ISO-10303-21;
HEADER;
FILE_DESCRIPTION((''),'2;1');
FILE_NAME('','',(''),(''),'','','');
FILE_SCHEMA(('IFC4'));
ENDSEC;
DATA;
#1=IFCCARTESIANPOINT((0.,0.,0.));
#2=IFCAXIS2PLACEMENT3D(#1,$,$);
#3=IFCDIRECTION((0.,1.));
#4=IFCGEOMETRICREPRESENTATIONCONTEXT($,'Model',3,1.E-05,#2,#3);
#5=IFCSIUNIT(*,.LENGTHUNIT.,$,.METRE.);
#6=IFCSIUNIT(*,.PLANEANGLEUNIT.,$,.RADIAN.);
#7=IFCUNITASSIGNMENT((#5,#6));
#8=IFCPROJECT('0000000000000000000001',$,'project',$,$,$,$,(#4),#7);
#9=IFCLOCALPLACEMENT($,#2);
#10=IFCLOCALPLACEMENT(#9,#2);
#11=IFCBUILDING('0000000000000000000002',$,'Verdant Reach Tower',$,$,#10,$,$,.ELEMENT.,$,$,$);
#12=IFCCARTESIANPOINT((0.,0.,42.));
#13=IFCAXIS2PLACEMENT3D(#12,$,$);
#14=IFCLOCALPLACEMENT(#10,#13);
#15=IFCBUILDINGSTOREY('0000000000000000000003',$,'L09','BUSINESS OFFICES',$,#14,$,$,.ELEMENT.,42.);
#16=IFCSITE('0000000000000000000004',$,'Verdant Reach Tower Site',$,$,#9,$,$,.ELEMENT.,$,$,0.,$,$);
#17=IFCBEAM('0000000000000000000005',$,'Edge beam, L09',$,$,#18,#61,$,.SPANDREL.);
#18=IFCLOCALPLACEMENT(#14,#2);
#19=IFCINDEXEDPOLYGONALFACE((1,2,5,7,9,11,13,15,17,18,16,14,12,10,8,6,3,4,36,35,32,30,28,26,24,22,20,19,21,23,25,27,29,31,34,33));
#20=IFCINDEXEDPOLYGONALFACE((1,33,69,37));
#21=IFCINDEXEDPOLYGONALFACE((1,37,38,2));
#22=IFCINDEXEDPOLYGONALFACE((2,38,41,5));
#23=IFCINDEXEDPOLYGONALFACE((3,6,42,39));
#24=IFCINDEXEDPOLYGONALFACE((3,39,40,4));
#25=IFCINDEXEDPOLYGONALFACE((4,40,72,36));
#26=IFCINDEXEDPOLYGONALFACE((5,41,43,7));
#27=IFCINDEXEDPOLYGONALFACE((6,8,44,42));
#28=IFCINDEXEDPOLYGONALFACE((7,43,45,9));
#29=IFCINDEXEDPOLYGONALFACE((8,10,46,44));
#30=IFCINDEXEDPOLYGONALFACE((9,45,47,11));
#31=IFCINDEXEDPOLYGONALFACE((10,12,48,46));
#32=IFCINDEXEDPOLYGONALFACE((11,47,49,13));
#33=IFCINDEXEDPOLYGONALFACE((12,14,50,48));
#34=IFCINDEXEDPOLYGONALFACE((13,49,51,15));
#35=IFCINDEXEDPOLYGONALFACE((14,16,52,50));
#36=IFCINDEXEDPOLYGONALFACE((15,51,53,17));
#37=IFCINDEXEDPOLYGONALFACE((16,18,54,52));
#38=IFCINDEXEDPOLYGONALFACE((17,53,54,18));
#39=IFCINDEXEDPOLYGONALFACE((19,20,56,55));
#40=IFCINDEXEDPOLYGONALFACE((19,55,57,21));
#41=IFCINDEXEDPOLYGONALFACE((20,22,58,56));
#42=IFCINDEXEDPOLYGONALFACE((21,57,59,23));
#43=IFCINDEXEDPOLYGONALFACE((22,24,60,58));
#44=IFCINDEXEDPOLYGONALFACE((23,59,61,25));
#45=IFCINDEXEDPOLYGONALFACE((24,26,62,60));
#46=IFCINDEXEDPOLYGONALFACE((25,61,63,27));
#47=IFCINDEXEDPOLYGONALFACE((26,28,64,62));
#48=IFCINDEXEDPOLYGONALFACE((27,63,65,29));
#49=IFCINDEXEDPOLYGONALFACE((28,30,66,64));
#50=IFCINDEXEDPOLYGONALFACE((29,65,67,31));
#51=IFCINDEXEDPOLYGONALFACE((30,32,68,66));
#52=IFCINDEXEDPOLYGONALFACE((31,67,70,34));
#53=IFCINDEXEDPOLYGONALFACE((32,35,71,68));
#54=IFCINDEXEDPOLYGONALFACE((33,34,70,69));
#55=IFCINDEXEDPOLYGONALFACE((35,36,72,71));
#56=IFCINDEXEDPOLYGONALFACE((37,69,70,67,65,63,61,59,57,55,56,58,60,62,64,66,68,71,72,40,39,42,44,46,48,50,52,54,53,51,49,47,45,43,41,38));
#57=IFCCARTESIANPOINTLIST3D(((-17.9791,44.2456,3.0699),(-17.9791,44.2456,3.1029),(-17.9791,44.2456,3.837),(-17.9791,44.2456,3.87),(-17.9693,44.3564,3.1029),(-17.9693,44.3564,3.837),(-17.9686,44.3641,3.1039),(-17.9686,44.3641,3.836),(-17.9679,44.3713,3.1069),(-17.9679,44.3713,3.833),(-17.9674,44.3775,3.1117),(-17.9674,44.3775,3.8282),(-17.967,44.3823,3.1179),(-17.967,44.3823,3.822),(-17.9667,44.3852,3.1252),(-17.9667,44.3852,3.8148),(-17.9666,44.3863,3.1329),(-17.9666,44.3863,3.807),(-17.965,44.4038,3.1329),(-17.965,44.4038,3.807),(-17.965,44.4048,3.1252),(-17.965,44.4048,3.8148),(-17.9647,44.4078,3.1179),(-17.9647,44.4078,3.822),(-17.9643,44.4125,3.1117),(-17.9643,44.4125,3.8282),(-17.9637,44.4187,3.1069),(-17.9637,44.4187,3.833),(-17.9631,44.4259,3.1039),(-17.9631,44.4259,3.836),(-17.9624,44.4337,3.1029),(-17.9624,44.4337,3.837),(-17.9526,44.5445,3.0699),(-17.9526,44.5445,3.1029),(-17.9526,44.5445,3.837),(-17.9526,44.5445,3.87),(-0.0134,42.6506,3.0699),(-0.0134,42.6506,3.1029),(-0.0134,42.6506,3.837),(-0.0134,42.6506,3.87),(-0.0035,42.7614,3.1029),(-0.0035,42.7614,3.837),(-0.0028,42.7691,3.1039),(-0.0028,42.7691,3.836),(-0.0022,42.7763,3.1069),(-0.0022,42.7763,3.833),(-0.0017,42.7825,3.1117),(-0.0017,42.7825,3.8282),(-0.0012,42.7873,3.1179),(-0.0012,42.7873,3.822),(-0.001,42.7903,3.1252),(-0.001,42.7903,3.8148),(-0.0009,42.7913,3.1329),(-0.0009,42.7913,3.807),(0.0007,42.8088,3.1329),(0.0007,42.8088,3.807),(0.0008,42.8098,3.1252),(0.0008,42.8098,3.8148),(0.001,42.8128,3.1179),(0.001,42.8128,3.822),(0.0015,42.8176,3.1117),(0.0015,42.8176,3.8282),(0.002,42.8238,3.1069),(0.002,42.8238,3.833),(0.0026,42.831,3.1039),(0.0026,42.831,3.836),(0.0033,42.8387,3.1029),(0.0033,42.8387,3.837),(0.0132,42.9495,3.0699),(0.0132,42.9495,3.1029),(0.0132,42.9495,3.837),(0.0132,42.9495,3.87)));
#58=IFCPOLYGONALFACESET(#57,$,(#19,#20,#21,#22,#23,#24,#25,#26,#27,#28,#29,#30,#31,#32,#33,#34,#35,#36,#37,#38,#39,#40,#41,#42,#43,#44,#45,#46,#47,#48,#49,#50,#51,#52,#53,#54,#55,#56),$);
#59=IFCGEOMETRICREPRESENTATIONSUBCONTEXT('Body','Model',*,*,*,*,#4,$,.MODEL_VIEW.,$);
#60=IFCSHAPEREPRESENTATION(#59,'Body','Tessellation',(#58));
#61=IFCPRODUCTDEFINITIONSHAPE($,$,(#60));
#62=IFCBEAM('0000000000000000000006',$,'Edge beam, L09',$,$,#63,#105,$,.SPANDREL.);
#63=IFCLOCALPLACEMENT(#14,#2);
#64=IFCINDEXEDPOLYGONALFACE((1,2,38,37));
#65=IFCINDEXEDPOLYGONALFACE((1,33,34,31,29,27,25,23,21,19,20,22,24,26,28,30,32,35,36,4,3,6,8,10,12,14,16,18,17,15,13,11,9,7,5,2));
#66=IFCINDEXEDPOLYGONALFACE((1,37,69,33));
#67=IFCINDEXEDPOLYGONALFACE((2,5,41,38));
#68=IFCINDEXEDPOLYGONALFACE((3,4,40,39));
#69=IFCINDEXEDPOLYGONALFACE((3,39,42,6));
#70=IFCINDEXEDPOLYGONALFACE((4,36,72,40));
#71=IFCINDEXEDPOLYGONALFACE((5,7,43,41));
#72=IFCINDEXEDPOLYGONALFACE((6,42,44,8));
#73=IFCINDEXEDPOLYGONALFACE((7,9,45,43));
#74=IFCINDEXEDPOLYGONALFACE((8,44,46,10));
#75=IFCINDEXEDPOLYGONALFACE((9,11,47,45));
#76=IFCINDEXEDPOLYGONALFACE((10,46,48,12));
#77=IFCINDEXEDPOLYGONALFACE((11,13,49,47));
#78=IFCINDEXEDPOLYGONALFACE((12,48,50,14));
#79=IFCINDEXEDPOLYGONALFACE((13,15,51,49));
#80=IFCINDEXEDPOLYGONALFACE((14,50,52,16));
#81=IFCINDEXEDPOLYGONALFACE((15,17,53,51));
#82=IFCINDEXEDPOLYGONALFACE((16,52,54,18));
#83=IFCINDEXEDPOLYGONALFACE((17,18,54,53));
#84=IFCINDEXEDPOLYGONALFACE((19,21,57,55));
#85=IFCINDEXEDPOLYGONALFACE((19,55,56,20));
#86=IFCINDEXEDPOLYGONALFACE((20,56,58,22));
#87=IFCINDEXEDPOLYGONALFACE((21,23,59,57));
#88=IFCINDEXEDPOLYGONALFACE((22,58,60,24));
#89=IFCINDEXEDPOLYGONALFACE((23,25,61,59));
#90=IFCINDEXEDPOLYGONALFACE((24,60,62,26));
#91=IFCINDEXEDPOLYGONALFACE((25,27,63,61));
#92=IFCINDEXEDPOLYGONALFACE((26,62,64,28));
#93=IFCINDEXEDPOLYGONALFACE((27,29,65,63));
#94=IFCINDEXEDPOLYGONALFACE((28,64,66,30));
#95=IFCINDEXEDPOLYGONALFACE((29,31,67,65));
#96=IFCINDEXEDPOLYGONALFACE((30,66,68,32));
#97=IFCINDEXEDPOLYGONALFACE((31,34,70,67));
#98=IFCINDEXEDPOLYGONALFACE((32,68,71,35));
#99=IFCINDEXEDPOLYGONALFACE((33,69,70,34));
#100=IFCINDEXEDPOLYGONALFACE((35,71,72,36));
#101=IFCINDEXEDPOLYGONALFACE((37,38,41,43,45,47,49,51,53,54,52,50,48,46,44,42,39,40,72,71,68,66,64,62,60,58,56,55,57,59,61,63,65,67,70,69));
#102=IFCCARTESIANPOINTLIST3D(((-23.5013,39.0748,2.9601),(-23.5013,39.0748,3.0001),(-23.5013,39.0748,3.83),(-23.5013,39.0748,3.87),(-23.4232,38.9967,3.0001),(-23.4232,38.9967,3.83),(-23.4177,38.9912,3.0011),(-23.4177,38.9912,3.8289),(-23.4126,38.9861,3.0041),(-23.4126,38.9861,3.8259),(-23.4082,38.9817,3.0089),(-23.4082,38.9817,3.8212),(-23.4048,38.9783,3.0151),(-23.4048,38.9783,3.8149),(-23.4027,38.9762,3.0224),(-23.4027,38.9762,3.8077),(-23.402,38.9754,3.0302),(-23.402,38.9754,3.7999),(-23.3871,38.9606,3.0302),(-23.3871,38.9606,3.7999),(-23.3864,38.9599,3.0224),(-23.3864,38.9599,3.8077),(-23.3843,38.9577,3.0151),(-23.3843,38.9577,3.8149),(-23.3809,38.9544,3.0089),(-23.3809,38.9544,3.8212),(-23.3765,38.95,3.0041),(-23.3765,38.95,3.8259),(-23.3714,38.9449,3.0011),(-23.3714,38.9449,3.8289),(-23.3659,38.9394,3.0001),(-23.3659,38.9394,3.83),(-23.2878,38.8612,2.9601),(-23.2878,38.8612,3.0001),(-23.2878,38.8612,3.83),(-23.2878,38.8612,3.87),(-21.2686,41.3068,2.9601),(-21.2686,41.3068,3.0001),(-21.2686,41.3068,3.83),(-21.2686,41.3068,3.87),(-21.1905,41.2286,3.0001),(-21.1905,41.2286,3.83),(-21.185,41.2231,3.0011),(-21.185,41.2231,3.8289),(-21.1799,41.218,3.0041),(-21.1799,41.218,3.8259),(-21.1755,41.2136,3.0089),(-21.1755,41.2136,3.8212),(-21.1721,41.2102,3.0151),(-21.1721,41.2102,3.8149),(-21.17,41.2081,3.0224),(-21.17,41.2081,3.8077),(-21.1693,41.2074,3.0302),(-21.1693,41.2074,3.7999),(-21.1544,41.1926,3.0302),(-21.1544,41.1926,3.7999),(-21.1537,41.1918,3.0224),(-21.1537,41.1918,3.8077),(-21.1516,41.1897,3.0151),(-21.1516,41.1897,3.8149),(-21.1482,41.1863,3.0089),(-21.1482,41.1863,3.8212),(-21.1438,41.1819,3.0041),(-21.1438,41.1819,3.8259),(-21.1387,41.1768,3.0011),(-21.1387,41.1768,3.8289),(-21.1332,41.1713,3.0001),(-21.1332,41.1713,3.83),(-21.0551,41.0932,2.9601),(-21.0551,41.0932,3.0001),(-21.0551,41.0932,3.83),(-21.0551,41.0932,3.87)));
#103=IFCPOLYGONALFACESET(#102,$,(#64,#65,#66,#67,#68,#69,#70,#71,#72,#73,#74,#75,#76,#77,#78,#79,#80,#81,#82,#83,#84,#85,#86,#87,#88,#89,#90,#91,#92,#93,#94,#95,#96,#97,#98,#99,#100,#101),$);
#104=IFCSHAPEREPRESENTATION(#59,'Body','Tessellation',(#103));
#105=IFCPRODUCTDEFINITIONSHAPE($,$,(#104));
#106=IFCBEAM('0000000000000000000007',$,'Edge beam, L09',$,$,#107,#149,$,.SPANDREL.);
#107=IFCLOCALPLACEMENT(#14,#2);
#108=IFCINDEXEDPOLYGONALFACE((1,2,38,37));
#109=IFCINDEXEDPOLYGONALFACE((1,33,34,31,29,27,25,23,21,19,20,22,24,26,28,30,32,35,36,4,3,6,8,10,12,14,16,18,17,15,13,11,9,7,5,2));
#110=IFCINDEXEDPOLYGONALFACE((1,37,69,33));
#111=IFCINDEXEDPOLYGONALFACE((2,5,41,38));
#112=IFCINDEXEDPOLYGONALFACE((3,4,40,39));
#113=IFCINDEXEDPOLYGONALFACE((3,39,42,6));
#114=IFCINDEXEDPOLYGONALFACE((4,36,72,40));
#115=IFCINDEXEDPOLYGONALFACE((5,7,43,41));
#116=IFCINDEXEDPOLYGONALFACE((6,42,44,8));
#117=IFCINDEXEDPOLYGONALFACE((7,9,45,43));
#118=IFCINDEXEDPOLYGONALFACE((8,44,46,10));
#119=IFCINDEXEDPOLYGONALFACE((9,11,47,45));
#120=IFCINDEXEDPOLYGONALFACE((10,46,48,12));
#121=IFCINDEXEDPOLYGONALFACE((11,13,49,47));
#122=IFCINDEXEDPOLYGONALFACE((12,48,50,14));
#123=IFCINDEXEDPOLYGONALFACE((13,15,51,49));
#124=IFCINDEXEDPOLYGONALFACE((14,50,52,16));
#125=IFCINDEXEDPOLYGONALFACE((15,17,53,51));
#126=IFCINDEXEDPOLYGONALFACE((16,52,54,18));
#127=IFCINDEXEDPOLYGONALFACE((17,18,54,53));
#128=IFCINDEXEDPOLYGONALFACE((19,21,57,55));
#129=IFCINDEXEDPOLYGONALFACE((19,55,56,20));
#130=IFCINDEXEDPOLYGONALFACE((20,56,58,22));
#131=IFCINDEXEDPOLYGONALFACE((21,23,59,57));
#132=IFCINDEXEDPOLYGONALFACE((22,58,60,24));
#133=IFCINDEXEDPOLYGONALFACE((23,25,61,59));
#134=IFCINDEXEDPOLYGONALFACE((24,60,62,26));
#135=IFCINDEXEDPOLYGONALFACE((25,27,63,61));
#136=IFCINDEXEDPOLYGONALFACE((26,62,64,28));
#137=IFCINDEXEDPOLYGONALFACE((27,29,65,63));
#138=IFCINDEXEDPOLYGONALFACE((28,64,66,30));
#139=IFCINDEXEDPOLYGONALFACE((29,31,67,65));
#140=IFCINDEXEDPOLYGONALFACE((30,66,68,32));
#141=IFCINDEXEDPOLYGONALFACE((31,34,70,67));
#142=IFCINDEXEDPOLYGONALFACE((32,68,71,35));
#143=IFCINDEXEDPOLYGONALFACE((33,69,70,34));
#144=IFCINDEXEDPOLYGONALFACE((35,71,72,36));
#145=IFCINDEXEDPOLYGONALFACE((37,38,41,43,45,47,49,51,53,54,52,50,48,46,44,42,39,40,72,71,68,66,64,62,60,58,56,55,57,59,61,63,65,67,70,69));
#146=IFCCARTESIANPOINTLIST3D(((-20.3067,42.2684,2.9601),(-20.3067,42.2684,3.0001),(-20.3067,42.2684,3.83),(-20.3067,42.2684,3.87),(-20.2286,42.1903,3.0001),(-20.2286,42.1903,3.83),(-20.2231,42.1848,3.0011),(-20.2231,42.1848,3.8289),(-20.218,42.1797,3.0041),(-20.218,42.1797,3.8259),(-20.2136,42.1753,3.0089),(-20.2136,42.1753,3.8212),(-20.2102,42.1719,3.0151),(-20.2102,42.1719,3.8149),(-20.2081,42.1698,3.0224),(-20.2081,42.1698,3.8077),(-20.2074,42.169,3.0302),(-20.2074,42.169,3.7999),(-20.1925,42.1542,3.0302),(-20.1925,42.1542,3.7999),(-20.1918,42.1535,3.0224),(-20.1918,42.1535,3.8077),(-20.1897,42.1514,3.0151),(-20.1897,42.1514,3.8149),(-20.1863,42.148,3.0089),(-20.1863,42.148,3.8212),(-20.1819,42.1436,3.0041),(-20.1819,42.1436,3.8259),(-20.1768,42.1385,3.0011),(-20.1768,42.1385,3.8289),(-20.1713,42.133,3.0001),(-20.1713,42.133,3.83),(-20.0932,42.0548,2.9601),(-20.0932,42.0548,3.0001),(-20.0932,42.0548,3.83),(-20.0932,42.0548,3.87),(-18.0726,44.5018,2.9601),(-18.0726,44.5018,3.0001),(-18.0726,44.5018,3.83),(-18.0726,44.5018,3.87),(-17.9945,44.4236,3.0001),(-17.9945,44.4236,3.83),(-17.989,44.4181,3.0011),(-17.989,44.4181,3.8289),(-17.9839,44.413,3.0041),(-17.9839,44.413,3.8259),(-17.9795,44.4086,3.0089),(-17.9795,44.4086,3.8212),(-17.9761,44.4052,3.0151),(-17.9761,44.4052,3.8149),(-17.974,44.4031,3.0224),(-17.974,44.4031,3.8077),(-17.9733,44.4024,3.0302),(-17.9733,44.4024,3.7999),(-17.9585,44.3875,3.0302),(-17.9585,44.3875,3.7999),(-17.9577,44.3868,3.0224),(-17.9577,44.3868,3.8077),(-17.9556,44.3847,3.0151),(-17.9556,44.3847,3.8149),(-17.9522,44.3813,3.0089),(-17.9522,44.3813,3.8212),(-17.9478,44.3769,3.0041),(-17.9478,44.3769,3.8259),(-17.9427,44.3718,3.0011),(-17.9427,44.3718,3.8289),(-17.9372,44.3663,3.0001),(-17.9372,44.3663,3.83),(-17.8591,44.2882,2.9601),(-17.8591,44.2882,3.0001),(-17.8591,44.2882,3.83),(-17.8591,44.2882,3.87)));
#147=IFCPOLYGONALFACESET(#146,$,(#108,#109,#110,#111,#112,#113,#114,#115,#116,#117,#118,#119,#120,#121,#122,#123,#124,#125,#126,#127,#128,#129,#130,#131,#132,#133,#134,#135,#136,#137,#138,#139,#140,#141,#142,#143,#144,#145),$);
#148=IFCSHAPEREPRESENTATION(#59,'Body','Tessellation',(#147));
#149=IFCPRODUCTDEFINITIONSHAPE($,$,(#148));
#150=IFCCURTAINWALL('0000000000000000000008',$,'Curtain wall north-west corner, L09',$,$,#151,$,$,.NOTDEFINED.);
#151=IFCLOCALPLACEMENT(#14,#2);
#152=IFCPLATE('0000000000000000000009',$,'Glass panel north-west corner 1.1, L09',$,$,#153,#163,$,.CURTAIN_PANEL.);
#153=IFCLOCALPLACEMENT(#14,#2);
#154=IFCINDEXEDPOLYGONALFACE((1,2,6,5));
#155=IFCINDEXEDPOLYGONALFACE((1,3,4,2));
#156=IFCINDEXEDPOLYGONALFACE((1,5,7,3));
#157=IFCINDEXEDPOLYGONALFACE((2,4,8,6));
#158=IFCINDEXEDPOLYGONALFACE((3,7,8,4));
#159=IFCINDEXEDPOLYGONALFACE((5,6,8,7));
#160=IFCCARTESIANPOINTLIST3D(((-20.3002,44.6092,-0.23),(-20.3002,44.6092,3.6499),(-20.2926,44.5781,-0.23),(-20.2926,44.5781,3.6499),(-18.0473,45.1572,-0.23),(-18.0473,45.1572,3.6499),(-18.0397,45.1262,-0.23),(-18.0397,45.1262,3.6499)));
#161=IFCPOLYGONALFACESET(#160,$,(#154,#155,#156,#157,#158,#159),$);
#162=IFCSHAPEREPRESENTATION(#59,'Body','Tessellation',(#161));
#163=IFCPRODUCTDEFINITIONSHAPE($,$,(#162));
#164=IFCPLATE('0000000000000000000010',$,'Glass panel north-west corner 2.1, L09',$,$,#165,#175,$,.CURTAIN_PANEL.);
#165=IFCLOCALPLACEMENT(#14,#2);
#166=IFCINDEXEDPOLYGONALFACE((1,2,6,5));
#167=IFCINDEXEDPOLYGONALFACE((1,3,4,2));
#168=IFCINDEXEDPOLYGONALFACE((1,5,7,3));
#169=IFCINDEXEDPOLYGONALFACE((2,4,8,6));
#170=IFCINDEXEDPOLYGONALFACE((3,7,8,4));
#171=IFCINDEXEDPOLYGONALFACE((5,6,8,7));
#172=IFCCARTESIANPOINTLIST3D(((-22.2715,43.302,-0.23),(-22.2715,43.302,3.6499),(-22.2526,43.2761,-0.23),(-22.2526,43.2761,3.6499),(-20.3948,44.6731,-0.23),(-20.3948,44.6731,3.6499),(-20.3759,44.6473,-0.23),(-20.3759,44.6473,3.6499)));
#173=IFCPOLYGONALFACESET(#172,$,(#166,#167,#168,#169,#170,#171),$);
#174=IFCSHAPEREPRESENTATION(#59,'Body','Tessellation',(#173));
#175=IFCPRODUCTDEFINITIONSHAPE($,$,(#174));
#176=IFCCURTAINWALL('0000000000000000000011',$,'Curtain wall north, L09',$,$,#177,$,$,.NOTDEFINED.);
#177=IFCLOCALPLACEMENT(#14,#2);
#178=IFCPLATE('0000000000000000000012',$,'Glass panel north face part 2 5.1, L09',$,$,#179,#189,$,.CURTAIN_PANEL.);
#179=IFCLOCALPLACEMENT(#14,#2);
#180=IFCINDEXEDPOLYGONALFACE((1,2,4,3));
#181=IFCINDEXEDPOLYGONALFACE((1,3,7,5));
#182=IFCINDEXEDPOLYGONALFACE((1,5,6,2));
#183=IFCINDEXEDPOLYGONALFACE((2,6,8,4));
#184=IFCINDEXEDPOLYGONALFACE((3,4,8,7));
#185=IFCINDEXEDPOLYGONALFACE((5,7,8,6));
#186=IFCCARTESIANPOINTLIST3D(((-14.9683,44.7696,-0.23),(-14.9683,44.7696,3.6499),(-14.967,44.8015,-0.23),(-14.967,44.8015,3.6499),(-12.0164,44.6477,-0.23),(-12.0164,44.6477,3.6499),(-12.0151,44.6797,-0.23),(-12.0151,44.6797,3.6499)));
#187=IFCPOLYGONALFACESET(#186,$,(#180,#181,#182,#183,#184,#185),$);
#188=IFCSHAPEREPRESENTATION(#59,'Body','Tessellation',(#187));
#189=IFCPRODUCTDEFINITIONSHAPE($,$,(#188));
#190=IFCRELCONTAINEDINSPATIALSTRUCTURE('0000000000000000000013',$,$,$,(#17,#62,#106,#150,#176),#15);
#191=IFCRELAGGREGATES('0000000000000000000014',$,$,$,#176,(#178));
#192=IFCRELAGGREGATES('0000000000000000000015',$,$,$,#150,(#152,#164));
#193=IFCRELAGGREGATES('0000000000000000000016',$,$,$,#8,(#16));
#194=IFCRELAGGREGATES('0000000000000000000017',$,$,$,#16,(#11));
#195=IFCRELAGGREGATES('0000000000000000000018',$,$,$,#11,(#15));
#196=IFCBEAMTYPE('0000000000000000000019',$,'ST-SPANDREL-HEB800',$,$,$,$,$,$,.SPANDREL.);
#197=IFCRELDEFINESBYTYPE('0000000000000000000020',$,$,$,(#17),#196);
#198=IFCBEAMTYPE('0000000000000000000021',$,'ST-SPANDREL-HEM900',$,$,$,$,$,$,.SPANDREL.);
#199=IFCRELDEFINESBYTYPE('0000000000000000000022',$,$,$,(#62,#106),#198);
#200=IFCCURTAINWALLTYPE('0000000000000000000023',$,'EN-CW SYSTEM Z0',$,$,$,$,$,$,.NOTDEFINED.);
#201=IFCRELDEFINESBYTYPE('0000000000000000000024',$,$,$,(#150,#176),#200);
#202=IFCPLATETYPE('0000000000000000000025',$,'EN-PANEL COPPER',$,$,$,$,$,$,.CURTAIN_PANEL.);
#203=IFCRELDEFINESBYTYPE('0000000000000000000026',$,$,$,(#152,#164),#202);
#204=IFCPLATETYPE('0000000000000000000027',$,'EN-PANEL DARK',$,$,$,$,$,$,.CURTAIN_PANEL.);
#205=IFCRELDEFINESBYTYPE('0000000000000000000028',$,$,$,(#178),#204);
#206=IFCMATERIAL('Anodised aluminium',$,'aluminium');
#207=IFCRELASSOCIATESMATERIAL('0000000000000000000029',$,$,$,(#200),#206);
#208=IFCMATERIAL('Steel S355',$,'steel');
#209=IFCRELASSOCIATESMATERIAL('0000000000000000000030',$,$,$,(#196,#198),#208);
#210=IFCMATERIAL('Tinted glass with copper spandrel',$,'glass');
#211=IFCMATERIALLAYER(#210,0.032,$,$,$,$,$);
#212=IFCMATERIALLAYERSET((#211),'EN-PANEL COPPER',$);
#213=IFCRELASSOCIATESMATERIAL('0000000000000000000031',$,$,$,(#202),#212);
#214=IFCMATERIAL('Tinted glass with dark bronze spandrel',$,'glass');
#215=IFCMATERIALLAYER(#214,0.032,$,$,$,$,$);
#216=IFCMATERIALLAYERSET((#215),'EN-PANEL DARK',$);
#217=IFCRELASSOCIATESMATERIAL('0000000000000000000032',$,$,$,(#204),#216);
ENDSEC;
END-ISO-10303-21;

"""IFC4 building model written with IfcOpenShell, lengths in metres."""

from ifc_helpers import new_model, si_unit, direction, frame, origin, origin_2d, place, context, subcontext, project, spatial, rectangle, i_section, extrude, material, layer, layer_set, material_profile, profile_set, type_object, element, aggregate, save


model = new_model("IFC4")

# Units and contexts
model_context = context("Model", 3, precision=1e-05, world=origin(), true_north=direction((0.0, 1.0)))
body_context = subcontext(model_context, "Body", "Model", "MODEL_VIEW")
ifc_project = project(units=[si_unit("LENGTHUNIT", "METRE"), si_unit("PLANEANGLEUNIT", "RADIAN")], contexts=[model_context])

# Site, building, storey
site_placement = place(None, origin())
site = spatial("IfcSite", under=ifc_project, at=site_placement, Name="Verdant Reach Tower Site", CompositionType="ELEMENT", RefElevation=0.0)
building_placement = place(site_placement, origin())
building = spatial("IfcBuilding", under=site, at=building_placement, Name="Verdant Reach Tower", CompositionType="ELEMENT")
storey_placement = place(building_placement, frame((0.0, 0.0, 42.0)))
storey = spatial("IfcBuildingStorey", under=building, at=storey_placement, Name="L09", Description="BUSINESS OFFICES", CompositionType="ELEMENT", Elevation=42.0)

# Shared definitions
ifc_material_1 = material(Name="Anodised aluminium", Category="aluminium")
curtain_wall_type = type_object("IfcCurtainWallType", Name="EN-CW SYSTEM Z0", PredefinedType="NOTDEFINED", material=ifc_material_1)

# Beams
ifc_material_2 = material(Name="Steel S355", Category="steel")
ifc_material_profile_1 = material_profile(ifc_material_2, i_section(OverallWidth=0.3, OverallDepth=0.8, WebThickness=0.0176, FlangeThickness=0.033, FilletRadius=0.03, at=origin_2d()), Name="HEB 800")
ifc_profile_set_1 = profile_set([ifc_material_profile_1], Name="Steel S355")
beam_type_1 = type_object("IfcBeamType", Name="ST-SPANDREL-HEB800", PredefinedType="SPANDREL", material=ifc_profile_set_1)
beam_1_placement = place(storey_placement, frame((-17.9658, 44.395, 3.47), z_axis=(0.996082, -0.08843, 0.0), x_axis=(0.08843, 0.996082, 0.0)))
element("IfcBeam", 1, at=beam_1_placement, inside=storey, type_object=beam_type_1, Name="Edge beam, L09", PredefinedType="SPANDREL", context=body_context, shape_type="SweptSolid", body=[
    extrude(i_section(OverallWidth=0.3, OverallDepth=0.8, WebThickness=0.0176, FlangeThickness=0.033, FilletRadius=0.03, at=origin_2d()), origin(), (0.0, 0.0, 1.0), 18.0364),
])
ifc_material_profile_2 = material_profile(ifc_material_2, i_section(OverallWidth=0.302, OverallDepth=0.9099, WebThickness=0.021, FlangeThickness=0.04, FilletRadius=0.03, at=origin_2d()), Name="HEM 900")
ifc_profile_set_2 = profile_set([ifc_material_profile_2], Name="Steel S355")
beam_type_2 = type_object("IfcBeamType", Name="ST-SPANDREL-HEM900", PredefinedType="SPANDREL", material=ifc_profile_set_2)
beam_2_placement = place(storey_placement, frame((-23.3945, 38.968, 3.415), z_axis=(0.707223, 0.706991, 0.0), x_axis=(-0.706991, 0.707223, 0.0)))
element("IfcBeam", 2, at=beam_2_placement, inside=storey, type_object=beam_type_2, Name="Edge beam, L09", PredefinedType="SPANDREL", context=body_context, shape_type="SweptSolid", body=[
    extrude(i_section(OverallWidth=0.302, OverallDepth=0.9099, WebThickness=0.021, FlangeThickness=0.04, FilletRadius=0.03, at=origin_2d()), origin(), (0.0, 0.0, 1.0), 3.157),
])
beam_3_placement = place(storey_placement, frame((-20.2, 42.1616, 3.415), z_axis=(0.707223, 0.706991, 0.0), x_axis=(-0.706991, 0.707223, 0.0)))
element("IfcBeam", 3, at=beam_3_placement, inside=storey, type_object=beam_type_2, Name="Edge beam, L09", PredefinedType="SPANDREL", context=body_context, shape_type="SweptSolid", body=[
    extrude(i_section(OverallWidth=0.302, OverallDepth=0.9099, WebThickness=0.021, FlangeThickness=0.04, FilletRadius=0.03, at=origin_2d()), origin(), (0.0, 0.0, 1.0), 3.1589),
])

# Curtain walls, plates
curtain_wall_1_placement = place(storey_placement, origin())
curtain_wall_1 = element("IfcCurtainWall", 4, at=curtain_wall_1_placement, inside=storey, type_object=curtain_wall_type, Name="Curtain wall north-west corner, L09", PredefinedType="NOTDEFINED")
ifc_material_3 = material(Name="Tinted glass with copper spandrel", Category="glass")
ifc_layer_1 = layer(ifc_material_3, 0.032)
ifc_layer_set_1 = layer_set([ifc_layer_1], Name="EN-PANEL COPPER")
plate_type_1 = type_object("IfcPlateType", Name="EN-PANEL COPPER", PredefinedType="CURTAIN_PANEL", material=ifc_layer_set_1)
plate_1_placement = place(storey_placement, frame((-19.1699, 44.8677, -0.23), z_axis=(0.0, 0.0, 1.0), x_axis=(-0.971663, -0.236369, 0.0)))
plate_1 = element("IfcPlate", 5, at=plate_1_placement, type_object=plate_type_1, Name="Glass panel north-west corner 1.1, L09", PredefinedType="CURTAIN_PANEL", context=body_context, shape_type="SweptSolid", body=[
    extrude(rectangle(XDim=2.3186, YDim=0.032, at=origin_2d()), origin(), (0.0, 0.0, 1.0), 3.8799),
])
plate_2_placement = place(storey_placement, frame((-21.3237, 43.9746, -0.23), z_axis=(0.0, 0.0, 1.0), x_axis=(-0.807457, -0.589927, 0.0)))
plate_2 = element("IfcPlate", 6, at=plate_2_placement, type_object=plate_type_1, Name="Glass panel north-west corner 2.1, L09", PredefinedType="CURTAIN_PANEL", context=body_context, shape_type="SweptSolid", body=[
    extrude(rectangle(XDim=2.3242, YDim=0.032, at=origin_2d()), origin(), (0.0, 0.0, 1.0), 3.8799),
])
curtain_wall_2_placement = place(storey_placement, origin())
curtain_wall_2 = element("IfcCurtainWall", 7, at=curtain_wall_2_placement, inside=storey, type_object=curtain_wall_type, Name="Curtain wall north, L09", PredefinedType="NOTDEFINED")
ifc_material_4 = material(Name="Tinted glass with dark bronze spandrel", Category="glass")
ifc_layer_2 = layer(ifc_material_4, 0.032)
ifc_layer_set_2 = layer_set([ifc_layer_2], Name="EN-PANEL DARK")
plate_type_2 = type_object("IfcPlateType", Name="EN-PANEL DARK", PredefinedType="CURTAIN_PANEL", material=ifc_layer_set_2)
plate_3_placement = place(storey_placement, frame((-13.4917, 44.7246, -0.23), z_axis=(0.0, 0.0, 1.0), x_axis=(-0.999149, 0.041242, 0.0)))
plate_3 = element("IfcPlate", 8, at=plate_3_placement, type_object=plate_type_2, Name="Glass panel north face part 2 5.1, L09", PredefinedType="CURTAIN_PANEL", context=body_context, shape_type="SweptSolid", body=[
    extrude(rectangle(XDim=2.9543, YDim=0.032, at=origin_2d()), origin(), (0.0, 0.0, 1.0), 3.8799),
])
aggregate(curtain_wall_2, [plate_3])

aggregate(curtain_wall_1, [plate_1, plate_2])

save(model, "model.ifc")
